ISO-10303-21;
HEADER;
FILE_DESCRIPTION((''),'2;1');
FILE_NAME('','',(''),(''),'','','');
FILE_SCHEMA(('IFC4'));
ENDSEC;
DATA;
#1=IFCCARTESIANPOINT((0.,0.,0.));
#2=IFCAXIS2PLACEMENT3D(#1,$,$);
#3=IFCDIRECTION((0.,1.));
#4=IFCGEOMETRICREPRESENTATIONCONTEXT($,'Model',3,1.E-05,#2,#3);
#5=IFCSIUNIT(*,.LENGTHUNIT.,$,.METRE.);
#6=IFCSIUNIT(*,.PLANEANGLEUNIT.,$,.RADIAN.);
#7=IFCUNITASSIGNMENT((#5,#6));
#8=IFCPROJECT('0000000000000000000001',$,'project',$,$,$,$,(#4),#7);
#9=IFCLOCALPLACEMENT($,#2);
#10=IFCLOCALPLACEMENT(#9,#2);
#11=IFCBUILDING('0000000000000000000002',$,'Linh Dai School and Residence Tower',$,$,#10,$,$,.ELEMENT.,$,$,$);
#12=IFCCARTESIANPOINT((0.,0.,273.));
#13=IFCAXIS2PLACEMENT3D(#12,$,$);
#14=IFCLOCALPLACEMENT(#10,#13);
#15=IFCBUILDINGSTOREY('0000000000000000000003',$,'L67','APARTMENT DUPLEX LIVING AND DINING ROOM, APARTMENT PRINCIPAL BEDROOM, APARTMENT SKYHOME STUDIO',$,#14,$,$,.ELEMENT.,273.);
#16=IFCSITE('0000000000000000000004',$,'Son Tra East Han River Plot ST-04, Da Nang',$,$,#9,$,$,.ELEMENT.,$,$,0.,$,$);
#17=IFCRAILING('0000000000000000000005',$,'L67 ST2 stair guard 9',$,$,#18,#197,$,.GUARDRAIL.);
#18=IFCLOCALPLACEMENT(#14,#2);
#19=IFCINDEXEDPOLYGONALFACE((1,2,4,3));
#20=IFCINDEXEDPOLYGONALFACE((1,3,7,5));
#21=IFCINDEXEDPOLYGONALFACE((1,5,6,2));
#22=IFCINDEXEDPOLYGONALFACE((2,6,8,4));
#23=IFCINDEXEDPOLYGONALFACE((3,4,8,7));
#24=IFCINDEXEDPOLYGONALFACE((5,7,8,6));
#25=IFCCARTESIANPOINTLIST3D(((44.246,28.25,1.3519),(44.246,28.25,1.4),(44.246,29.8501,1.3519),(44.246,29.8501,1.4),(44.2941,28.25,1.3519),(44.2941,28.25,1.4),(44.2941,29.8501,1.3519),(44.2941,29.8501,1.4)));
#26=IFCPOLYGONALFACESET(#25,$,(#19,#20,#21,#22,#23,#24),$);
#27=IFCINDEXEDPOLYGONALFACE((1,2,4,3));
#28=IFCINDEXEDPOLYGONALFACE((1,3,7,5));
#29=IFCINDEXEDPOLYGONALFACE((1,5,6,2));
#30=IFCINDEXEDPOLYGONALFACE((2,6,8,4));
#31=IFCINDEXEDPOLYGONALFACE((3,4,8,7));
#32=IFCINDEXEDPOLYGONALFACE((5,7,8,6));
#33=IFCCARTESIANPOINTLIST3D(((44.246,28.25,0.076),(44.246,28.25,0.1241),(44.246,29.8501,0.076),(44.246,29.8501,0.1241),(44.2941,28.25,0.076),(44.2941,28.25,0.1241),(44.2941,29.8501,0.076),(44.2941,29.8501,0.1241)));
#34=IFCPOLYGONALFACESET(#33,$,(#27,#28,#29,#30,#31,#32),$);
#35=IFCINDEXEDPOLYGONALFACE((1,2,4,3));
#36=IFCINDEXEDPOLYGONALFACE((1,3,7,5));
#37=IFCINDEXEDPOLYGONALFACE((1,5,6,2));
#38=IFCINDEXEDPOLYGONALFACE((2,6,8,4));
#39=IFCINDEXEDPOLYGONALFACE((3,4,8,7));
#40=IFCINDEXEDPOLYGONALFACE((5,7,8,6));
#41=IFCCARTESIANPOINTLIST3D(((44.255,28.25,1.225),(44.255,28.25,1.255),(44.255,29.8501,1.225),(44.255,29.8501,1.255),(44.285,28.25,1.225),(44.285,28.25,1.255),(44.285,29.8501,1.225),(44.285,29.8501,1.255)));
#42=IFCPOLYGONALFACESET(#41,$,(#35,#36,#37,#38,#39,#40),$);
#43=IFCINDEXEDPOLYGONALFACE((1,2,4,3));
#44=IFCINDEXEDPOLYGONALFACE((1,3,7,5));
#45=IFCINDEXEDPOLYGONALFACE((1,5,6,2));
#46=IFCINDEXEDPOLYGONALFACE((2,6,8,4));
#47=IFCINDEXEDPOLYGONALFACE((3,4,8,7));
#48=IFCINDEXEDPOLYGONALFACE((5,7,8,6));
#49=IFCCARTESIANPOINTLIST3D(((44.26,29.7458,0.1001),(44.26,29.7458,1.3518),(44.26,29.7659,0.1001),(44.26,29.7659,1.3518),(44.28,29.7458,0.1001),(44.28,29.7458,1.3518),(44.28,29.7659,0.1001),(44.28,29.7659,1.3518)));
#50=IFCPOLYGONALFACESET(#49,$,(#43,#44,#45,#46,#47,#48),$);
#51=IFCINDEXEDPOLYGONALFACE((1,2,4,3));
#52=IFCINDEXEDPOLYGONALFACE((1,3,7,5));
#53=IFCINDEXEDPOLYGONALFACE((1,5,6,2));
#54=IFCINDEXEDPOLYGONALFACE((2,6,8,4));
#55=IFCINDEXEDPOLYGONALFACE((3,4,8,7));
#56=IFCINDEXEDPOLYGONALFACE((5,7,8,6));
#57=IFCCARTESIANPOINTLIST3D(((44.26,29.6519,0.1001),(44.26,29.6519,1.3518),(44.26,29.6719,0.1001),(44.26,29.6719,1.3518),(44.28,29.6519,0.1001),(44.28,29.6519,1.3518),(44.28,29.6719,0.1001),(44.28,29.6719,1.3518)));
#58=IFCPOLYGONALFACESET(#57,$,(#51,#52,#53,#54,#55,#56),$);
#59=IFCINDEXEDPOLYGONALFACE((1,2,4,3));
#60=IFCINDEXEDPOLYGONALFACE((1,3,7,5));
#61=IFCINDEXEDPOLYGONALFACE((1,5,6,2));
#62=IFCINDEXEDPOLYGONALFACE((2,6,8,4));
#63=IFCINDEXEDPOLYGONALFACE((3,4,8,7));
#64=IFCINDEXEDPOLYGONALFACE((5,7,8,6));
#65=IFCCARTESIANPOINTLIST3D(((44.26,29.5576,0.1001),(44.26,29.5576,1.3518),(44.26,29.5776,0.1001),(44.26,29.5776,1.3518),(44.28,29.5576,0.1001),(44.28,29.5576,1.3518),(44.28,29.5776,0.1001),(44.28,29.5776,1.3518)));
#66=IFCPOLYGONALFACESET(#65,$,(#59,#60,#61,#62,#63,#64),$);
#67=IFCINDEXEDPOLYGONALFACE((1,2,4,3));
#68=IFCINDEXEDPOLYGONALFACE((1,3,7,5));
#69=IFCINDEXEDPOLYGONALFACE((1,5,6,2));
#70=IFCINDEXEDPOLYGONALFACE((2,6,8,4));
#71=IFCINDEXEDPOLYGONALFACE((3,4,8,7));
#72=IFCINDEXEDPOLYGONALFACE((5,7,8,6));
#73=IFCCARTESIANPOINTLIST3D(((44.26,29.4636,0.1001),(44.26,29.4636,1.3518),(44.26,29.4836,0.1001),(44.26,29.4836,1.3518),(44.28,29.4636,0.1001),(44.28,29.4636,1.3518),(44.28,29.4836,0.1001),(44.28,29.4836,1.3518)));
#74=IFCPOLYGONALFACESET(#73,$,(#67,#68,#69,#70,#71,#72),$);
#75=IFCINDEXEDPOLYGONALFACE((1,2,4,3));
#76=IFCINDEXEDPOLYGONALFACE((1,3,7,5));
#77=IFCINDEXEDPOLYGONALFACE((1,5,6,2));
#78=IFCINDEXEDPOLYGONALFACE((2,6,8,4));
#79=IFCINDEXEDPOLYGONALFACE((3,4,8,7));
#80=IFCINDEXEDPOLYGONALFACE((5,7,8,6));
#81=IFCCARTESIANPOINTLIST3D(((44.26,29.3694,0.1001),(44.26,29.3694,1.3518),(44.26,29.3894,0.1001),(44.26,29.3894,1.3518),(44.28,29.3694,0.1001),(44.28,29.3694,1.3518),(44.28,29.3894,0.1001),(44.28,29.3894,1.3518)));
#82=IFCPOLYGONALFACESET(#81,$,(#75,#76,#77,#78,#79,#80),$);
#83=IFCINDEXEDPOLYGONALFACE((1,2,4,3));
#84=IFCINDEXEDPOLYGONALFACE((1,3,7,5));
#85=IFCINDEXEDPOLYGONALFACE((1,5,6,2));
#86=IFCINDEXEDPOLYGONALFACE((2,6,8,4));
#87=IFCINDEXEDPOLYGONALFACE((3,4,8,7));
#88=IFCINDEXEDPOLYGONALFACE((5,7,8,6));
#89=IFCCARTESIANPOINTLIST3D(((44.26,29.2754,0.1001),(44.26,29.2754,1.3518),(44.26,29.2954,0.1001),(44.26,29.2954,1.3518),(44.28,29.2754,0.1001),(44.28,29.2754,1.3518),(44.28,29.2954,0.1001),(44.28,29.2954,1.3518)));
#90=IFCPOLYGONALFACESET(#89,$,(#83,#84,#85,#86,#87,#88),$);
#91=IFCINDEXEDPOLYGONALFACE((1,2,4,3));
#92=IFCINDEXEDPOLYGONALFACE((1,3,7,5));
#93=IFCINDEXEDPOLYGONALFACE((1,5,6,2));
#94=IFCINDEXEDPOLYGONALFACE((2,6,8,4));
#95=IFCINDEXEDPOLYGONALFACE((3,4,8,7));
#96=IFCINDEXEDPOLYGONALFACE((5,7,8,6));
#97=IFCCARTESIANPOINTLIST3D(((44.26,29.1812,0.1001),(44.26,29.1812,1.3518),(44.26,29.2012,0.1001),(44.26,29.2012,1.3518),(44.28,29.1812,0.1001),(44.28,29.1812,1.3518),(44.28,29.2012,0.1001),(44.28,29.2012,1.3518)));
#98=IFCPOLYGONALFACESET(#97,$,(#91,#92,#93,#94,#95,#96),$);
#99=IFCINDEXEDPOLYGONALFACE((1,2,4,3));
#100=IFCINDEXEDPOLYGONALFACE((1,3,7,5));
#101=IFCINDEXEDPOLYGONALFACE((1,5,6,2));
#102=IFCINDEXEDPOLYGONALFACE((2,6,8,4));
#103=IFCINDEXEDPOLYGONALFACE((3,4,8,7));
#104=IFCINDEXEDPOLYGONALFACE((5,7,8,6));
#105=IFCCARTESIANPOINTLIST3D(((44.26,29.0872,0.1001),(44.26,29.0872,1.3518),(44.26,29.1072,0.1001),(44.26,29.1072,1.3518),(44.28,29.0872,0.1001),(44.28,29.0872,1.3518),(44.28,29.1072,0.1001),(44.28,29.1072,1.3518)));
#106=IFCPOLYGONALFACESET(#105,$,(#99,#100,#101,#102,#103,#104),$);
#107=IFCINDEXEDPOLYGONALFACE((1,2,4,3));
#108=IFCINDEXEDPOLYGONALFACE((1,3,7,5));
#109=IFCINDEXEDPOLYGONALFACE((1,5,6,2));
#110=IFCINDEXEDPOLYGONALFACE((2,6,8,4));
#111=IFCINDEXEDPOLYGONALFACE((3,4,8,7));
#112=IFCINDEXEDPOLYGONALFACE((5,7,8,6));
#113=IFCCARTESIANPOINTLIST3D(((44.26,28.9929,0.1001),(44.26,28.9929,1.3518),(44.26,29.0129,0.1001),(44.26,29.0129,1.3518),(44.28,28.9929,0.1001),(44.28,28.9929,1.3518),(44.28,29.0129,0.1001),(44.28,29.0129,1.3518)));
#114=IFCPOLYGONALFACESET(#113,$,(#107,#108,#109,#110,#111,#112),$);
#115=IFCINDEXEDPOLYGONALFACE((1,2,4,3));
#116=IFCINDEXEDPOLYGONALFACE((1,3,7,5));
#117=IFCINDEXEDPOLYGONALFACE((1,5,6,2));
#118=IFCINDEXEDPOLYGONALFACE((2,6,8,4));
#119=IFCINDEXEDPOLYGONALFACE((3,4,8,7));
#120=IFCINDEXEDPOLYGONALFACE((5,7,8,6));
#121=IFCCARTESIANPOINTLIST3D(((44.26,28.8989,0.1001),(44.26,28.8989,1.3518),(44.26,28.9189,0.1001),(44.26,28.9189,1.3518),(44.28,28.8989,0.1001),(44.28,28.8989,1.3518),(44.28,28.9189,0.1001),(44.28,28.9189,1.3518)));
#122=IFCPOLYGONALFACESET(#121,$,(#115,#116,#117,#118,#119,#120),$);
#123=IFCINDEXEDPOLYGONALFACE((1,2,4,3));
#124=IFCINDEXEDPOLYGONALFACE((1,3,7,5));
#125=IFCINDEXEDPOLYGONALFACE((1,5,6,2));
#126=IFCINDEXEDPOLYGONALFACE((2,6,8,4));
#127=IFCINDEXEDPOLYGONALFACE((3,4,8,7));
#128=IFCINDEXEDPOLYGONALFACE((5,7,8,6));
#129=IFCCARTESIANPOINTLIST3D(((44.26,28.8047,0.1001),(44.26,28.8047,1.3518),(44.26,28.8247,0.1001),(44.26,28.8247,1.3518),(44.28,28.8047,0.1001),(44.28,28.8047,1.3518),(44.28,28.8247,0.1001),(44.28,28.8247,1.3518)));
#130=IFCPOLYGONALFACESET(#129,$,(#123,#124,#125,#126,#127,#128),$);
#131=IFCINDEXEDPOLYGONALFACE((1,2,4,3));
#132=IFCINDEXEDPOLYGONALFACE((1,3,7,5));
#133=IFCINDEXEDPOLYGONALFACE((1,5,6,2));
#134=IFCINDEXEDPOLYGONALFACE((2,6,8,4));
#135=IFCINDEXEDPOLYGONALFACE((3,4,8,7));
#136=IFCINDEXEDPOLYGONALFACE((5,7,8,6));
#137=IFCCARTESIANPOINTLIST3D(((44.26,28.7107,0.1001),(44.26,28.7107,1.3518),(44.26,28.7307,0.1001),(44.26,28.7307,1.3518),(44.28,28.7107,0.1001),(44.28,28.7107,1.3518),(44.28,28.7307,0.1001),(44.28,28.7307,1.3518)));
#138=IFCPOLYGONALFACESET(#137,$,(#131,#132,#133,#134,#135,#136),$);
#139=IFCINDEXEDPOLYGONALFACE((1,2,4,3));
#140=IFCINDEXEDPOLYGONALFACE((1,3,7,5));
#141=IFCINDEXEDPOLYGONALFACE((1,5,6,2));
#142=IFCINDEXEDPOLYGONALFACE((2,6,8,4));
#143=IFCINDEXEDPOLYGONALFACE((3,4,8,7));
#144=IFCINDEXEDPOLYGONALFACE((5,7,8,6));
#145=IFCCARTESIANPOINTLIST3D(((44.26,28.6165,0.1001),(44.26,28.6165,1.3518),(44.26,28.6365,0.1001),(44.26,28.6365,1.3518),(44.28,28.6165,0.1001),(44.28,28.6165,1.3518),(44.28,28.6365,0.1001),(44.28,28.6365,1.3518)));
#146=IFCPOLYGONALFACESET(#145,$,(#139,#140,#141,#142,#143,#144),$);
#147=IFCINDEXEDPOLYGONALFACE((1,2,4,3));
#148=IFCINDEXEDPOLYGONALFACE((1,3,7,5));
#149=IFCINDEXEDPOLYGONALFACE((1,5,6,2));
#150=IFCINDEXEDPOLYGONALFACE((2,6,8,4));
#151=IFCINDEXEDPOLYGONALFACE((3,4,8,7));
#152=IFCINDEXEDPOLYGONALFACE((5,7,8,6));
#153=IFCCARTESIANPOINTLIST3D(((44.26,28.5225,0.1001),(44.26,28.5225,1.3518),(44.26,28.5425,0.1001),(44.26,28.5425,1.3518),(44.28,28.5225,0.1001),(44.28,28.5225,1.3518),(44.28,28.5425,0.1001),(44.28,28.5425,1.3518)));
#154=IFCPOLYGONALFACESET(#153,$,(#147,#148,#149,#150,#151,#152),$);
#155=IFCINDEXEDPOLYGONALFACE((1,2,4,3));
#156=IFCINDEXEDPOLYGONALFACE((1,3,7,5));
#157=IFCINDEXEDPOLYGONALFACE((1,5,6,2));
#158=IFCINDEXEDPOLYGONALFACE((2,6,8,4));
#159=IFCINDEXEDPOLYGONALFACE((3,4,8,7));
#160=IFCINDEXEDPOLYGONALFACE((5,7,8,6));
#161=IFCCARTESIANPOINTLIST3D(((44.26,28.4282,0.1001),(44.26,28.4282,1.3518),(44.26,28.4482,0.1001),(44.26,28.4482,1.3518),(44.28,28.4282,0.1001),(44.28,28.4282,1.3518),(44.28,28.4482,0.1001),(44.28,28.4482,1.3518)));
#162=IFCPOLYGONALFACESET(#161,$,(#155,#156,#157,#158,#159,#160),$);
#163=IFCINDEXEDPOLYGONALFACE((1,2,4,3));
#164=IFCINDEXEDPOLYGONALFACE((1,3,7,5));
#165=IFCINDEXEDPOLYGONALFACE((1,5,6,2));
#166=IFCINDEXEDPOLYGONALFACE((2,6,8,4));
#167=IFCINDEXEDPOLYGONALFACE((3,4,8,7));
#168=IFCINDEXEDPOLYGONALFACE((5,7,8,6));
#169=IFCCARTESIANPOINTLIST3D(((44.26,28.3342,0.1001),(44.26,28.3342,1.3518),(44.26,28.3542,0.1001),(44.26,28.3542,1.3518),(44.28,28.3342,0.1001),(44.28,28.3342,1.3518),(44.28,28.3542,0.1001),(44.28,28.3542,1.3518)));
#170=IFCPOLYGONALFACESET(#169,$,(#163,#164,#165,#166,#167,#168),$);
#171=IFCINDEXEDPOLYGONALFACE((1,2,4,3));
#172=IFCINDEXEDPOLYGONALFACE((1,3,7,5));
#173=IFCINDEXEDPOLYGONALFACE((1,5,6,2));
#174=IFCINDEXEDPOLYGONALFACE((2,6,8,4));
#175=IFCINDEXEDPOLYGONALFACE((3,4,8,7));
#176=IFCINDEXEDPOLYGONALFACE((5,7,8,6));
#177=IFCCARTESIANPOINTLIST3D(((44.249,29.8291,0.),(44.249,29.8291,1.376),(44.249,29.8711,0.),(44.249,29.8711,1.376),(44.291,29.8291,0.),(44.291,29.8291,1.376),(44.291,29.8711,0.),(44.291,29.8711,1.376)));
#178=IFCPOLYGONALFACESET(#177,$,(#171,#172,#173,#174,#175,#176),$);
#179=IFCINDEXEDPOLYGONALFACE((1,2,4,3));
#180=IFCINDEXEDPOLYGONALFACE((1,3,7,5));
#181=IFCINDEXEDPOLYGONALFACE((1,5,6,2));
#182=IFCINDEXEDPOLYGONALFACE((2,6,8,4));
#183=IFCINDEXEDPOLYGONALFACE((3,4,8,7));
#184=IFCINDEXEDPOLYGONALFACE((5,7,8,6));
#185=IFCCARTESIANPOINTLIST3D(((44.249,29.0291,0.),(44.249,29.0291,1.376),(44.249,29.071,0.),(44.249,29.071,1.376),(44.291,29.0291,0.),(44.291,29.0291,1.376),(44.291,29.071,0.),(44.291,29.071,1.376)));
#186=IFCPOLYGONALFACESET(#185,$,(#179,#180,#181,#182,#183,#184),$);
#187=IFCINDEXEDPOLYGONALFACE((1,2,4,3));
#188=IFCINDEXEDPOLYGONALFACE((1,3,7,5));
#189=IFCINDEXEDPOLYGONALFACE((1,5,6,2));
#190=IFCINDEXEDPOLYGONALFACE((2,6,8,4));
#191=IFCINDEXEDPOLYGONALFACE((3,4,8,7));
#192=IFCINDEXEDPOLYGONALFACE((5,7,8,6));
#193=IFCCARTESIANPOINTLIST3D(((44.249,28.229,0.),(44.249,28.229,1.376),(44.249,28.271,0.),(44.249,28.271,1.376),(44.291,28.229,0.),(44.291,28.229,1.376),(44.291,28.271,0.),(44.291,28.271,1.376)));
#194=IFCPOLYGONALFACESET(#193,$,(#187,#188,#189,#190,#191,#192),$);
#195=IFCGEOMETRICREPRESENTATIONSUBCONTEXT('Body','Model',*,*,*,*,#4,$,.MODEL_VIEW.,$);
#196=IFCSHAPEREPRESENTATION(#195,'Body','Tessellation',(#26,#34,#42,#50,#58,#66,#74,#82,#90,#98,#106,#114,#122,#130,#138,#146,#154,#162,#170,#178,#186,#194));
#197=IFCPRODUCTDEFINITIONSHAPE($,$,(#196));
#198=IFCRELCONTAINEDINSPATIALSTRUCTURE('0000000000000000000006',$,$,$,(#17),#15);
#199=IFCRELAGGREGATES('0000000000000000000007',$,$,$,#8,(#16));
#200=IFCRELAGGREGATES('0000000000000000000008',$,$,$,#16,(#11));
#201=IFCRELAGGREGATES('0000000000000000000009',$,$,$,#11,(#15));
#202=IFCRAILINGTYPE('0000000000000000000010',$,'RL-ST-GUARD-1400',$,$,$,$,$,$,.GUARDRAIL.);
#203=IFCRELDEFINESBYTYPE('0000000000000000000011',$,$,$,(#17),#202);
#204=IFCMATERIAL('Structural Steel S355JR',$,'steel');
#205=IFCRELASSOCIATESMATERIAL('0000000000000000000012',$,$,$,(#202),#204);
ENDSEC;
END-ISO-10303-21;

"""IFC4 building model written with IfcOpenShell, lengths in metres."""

from ifc_helpers import new_model, si_unit, direction, frame, origin, origin_2d, place, context, subcontext, project, spatial, rectangle, extrude, source, transform, mapped, material, type_object, element, save


model = new_model("IFC4")

# Units and contexts
model_context = context("Model", 3, precision=1e-05, world=origin(), true_north=direction((0.0, 1.0)))
body_context = subcontext(model_context, "Body", "Model", "MODEL_VIEW")
ifc_project = project(units=[si_unit("LENGTHUNIT", "METRE"), si_unit("PLANEANGLEUNIT", "RADIAN")], contexts=[model_context])

# Site, building, storey
site_placement = place(None, origin())
site = spatial("IfcSite", under=ifc_project, at=site_placement, Name="Son Tra East Han River Plot ST-04, Da Nang", CompositionType="ELEMENT", RefElevation=0.0)
building_placement = place(site_placement, origin())
building = spatial("IfcBuilding", under=site, at=building_placement, Name="Linh Dai School and Residence Tower", CompositionType="ELEMENT")
storey_placement = place(building_placement, frame((0.0, 0.0, 273.0)))
storey = spatial("IfcBuildingStorey", under=building, at=storey_placement, Name="L67", Description="APARTMENT DUPLEX LIVING AND DINING ROOM, APARTMENT PRINCIPAL BEDROOM, APARTMENT SKYHOME STUDIO", CompositionType="ELEMENT", Elevation=273.0)

# Shared definitions
ifc_material_1 = material(Name="Structural Steel S355JR", Category="steel")

# Railing
railing_type_1 = type_object("IfcRailingType", Name="RL-ST-GUARD-1400", PredefinedType="GUARDRAIL", material=ifc_material_1)
shared_shape_1 = source(origin(), body_context, "Body", "SweptSolid", [
    extrude(rectangle(XDim=0.0481, YDim=0.0481, at=origin_2d()), frame((0.0, 0.0, 1.376), z_axis=(0.0, -1.0, 0.0), x_axis=(1.0, 0.0, 0.0)), (0.0, 0.0, 1.0), 1.6001),
    extrude(rectangle(XDim=0.0481, YDim=0.0481, at=origin_2d()), frame((0.0, 0.0, 0.1001), z_axis=(0.0, -1.0, 0.0), x_axis=(1.0, 0.0, 0.0)), (0.0, 0.0, 1.0), 1.6001),
    extrude(rectangle(XDim=0.03, YDim=0.03, at=origin_2d()), frame((0.0, 0.0, 1.24), z_axis=(0.0, -1.0, 0.0), x_axis=(1.0, 0.0, 0.0)), (0.0, 0.0, 1.0), 1.6001),
    extrude(rectangle(XDim=0.02, YDim=0.02, at=origin_2d()), frame((0.0, -0.0942, 0.1001)), (0.0, 0.0, 1.0), 1.2517),
    extrude(rectangle(XDim=0.02, YDim=0.02, at=origin_2d()), frame((0.0, -0.1882, 0.1001)), (0.0, 0.0, 1.0), 1.2517),
    extrude(rectangle(XDim=0.02, YDim=0.02, at=origin_2d()), frame((0.0, -0.2825, 0.1001)), (0.0, 0.0, 1.0), 1.2517),
    extrude(rectangle(XDim=0.02, YDim=0.02, at=origin_2d()), frame((0.0, -0.3765, 0.1001)), (0.0, 0.0, 1.0), 1.2517),
    extrude(rectangle(XDim=0.02, YDim=0.02, at=origin_2d()), frame((0.0, -0.4707, 0.1001)), (0.0, 0.0, 1.0), 1.2517),
    extrude(rectangle(XDim=0.02, YDim=0.02, at=origin_2d()), frame((0.0, -0.5647, 0.1001)), (0.0, 0.0, 1.0), 1.2517),
    extrude(rectangle(XDim=0.02, YDim=0.02, at=origin_2d()), frame((0.0, -0.6589, 0.1001)), (0.0, 0.0, 1.0), 1.2517),
    extrude(rectangle(XDim=0.02, YDim=0.02, at=origin_2d()), frame((0.0, -0.7529, 0.1001)), (0.0, 0.0, 1.0), 1.2517),
    extrude(rectangle(XDim=0.02, YDim=0.02, at=origin_2d()), frame((0.0, -0.8472, 0.1001)), (0.0, 0.0, 1.0), 1.2517),
    extrude(rectangle(XDim=0.02, YDim=0.02, at=origin_2d()), frame((0.0, -0.9412, 0.1001)), (0.0, 0.0, 1.0), 1.2517),
    extrude(rectangle(XDim=0.02, YDim=0.02, at=origin_2d()), frame((0.0, -1.0354, 0.1001)), (0.0, 0.0, 1.0), 1.2517),
    extrude(rectangle(XDim=0.02, YDim=0.02, at=origin_2d()), frame((0.0, -1.1294, 0.1001)), (0.0, 0.0, 1.0), 1.2517),
    extrude(rectangle(XDim=0.02, YDim=0.02, at=origin_2d()), frame((0.0, -1.2236, 0.1001)), (0.0, 0.0, 1.0), 1.2517),
    extrude(rectangle(XDim=0.02, YDim=0.02, at=origin_2d()), frame((0.0, -1.3176, 0.1001)), (0.0, 0.0, 1.0), 1.2517),
    extrude(rectangle(XDim=0.02, YDim=0.02, at=origin_2d()), frame((0.0, -1.4119, 0.1001)), (0.0, 0.0, 1.0), 1.2517),
    extrude(rectangle(XDim=0.02, YDim=0.02, at=origin_2d()), frame((0.0, -1.5059, 0.1001)), (0.0, 0.0, 1.0), 1.2517),
    extrude(rectangle(XDim=0.042, YDim=0.042, at=origin_2d()), origin(), (0.0, 0.0, 1.0), 1.376),
    extrude(rectangle(XDim=0.042, YDim=0.042, at=origin_2d()), frame((0.0, -0.8, 0.0)), (0.0, 0.0, 1.0), 1.376),
    extrude(rectangle(XDim=0.042, YDim=0.042, at=origin_2d()), frame((0.0, -1.6001, 0.0)), (0.0, 0.0, 1.0), 1.376),
])
for number, where, name in (
    (1, (44.27, 29.8501, 0.0), "L67 ST2 stair guard 9"),
):
    element("IfcRailing", number, at=place(storey_placement, frame(where)), inside=storey, type_object=railing_type_1, Name=name, PredefinedType="GUARDRAIL", context=body_context, shape_type="MappedRepresentation", body=[
        mapped(shared_shape_1, transform((0.0, 0.0, 0.0), x_axis=(1.0, 0.0, 0.0), y_axis=(0.0, 1.0, 0.0), z_axis=(0.0, 0.0, 1.0), scale=1.0)),
    ])

save(model, "model.ifc")
